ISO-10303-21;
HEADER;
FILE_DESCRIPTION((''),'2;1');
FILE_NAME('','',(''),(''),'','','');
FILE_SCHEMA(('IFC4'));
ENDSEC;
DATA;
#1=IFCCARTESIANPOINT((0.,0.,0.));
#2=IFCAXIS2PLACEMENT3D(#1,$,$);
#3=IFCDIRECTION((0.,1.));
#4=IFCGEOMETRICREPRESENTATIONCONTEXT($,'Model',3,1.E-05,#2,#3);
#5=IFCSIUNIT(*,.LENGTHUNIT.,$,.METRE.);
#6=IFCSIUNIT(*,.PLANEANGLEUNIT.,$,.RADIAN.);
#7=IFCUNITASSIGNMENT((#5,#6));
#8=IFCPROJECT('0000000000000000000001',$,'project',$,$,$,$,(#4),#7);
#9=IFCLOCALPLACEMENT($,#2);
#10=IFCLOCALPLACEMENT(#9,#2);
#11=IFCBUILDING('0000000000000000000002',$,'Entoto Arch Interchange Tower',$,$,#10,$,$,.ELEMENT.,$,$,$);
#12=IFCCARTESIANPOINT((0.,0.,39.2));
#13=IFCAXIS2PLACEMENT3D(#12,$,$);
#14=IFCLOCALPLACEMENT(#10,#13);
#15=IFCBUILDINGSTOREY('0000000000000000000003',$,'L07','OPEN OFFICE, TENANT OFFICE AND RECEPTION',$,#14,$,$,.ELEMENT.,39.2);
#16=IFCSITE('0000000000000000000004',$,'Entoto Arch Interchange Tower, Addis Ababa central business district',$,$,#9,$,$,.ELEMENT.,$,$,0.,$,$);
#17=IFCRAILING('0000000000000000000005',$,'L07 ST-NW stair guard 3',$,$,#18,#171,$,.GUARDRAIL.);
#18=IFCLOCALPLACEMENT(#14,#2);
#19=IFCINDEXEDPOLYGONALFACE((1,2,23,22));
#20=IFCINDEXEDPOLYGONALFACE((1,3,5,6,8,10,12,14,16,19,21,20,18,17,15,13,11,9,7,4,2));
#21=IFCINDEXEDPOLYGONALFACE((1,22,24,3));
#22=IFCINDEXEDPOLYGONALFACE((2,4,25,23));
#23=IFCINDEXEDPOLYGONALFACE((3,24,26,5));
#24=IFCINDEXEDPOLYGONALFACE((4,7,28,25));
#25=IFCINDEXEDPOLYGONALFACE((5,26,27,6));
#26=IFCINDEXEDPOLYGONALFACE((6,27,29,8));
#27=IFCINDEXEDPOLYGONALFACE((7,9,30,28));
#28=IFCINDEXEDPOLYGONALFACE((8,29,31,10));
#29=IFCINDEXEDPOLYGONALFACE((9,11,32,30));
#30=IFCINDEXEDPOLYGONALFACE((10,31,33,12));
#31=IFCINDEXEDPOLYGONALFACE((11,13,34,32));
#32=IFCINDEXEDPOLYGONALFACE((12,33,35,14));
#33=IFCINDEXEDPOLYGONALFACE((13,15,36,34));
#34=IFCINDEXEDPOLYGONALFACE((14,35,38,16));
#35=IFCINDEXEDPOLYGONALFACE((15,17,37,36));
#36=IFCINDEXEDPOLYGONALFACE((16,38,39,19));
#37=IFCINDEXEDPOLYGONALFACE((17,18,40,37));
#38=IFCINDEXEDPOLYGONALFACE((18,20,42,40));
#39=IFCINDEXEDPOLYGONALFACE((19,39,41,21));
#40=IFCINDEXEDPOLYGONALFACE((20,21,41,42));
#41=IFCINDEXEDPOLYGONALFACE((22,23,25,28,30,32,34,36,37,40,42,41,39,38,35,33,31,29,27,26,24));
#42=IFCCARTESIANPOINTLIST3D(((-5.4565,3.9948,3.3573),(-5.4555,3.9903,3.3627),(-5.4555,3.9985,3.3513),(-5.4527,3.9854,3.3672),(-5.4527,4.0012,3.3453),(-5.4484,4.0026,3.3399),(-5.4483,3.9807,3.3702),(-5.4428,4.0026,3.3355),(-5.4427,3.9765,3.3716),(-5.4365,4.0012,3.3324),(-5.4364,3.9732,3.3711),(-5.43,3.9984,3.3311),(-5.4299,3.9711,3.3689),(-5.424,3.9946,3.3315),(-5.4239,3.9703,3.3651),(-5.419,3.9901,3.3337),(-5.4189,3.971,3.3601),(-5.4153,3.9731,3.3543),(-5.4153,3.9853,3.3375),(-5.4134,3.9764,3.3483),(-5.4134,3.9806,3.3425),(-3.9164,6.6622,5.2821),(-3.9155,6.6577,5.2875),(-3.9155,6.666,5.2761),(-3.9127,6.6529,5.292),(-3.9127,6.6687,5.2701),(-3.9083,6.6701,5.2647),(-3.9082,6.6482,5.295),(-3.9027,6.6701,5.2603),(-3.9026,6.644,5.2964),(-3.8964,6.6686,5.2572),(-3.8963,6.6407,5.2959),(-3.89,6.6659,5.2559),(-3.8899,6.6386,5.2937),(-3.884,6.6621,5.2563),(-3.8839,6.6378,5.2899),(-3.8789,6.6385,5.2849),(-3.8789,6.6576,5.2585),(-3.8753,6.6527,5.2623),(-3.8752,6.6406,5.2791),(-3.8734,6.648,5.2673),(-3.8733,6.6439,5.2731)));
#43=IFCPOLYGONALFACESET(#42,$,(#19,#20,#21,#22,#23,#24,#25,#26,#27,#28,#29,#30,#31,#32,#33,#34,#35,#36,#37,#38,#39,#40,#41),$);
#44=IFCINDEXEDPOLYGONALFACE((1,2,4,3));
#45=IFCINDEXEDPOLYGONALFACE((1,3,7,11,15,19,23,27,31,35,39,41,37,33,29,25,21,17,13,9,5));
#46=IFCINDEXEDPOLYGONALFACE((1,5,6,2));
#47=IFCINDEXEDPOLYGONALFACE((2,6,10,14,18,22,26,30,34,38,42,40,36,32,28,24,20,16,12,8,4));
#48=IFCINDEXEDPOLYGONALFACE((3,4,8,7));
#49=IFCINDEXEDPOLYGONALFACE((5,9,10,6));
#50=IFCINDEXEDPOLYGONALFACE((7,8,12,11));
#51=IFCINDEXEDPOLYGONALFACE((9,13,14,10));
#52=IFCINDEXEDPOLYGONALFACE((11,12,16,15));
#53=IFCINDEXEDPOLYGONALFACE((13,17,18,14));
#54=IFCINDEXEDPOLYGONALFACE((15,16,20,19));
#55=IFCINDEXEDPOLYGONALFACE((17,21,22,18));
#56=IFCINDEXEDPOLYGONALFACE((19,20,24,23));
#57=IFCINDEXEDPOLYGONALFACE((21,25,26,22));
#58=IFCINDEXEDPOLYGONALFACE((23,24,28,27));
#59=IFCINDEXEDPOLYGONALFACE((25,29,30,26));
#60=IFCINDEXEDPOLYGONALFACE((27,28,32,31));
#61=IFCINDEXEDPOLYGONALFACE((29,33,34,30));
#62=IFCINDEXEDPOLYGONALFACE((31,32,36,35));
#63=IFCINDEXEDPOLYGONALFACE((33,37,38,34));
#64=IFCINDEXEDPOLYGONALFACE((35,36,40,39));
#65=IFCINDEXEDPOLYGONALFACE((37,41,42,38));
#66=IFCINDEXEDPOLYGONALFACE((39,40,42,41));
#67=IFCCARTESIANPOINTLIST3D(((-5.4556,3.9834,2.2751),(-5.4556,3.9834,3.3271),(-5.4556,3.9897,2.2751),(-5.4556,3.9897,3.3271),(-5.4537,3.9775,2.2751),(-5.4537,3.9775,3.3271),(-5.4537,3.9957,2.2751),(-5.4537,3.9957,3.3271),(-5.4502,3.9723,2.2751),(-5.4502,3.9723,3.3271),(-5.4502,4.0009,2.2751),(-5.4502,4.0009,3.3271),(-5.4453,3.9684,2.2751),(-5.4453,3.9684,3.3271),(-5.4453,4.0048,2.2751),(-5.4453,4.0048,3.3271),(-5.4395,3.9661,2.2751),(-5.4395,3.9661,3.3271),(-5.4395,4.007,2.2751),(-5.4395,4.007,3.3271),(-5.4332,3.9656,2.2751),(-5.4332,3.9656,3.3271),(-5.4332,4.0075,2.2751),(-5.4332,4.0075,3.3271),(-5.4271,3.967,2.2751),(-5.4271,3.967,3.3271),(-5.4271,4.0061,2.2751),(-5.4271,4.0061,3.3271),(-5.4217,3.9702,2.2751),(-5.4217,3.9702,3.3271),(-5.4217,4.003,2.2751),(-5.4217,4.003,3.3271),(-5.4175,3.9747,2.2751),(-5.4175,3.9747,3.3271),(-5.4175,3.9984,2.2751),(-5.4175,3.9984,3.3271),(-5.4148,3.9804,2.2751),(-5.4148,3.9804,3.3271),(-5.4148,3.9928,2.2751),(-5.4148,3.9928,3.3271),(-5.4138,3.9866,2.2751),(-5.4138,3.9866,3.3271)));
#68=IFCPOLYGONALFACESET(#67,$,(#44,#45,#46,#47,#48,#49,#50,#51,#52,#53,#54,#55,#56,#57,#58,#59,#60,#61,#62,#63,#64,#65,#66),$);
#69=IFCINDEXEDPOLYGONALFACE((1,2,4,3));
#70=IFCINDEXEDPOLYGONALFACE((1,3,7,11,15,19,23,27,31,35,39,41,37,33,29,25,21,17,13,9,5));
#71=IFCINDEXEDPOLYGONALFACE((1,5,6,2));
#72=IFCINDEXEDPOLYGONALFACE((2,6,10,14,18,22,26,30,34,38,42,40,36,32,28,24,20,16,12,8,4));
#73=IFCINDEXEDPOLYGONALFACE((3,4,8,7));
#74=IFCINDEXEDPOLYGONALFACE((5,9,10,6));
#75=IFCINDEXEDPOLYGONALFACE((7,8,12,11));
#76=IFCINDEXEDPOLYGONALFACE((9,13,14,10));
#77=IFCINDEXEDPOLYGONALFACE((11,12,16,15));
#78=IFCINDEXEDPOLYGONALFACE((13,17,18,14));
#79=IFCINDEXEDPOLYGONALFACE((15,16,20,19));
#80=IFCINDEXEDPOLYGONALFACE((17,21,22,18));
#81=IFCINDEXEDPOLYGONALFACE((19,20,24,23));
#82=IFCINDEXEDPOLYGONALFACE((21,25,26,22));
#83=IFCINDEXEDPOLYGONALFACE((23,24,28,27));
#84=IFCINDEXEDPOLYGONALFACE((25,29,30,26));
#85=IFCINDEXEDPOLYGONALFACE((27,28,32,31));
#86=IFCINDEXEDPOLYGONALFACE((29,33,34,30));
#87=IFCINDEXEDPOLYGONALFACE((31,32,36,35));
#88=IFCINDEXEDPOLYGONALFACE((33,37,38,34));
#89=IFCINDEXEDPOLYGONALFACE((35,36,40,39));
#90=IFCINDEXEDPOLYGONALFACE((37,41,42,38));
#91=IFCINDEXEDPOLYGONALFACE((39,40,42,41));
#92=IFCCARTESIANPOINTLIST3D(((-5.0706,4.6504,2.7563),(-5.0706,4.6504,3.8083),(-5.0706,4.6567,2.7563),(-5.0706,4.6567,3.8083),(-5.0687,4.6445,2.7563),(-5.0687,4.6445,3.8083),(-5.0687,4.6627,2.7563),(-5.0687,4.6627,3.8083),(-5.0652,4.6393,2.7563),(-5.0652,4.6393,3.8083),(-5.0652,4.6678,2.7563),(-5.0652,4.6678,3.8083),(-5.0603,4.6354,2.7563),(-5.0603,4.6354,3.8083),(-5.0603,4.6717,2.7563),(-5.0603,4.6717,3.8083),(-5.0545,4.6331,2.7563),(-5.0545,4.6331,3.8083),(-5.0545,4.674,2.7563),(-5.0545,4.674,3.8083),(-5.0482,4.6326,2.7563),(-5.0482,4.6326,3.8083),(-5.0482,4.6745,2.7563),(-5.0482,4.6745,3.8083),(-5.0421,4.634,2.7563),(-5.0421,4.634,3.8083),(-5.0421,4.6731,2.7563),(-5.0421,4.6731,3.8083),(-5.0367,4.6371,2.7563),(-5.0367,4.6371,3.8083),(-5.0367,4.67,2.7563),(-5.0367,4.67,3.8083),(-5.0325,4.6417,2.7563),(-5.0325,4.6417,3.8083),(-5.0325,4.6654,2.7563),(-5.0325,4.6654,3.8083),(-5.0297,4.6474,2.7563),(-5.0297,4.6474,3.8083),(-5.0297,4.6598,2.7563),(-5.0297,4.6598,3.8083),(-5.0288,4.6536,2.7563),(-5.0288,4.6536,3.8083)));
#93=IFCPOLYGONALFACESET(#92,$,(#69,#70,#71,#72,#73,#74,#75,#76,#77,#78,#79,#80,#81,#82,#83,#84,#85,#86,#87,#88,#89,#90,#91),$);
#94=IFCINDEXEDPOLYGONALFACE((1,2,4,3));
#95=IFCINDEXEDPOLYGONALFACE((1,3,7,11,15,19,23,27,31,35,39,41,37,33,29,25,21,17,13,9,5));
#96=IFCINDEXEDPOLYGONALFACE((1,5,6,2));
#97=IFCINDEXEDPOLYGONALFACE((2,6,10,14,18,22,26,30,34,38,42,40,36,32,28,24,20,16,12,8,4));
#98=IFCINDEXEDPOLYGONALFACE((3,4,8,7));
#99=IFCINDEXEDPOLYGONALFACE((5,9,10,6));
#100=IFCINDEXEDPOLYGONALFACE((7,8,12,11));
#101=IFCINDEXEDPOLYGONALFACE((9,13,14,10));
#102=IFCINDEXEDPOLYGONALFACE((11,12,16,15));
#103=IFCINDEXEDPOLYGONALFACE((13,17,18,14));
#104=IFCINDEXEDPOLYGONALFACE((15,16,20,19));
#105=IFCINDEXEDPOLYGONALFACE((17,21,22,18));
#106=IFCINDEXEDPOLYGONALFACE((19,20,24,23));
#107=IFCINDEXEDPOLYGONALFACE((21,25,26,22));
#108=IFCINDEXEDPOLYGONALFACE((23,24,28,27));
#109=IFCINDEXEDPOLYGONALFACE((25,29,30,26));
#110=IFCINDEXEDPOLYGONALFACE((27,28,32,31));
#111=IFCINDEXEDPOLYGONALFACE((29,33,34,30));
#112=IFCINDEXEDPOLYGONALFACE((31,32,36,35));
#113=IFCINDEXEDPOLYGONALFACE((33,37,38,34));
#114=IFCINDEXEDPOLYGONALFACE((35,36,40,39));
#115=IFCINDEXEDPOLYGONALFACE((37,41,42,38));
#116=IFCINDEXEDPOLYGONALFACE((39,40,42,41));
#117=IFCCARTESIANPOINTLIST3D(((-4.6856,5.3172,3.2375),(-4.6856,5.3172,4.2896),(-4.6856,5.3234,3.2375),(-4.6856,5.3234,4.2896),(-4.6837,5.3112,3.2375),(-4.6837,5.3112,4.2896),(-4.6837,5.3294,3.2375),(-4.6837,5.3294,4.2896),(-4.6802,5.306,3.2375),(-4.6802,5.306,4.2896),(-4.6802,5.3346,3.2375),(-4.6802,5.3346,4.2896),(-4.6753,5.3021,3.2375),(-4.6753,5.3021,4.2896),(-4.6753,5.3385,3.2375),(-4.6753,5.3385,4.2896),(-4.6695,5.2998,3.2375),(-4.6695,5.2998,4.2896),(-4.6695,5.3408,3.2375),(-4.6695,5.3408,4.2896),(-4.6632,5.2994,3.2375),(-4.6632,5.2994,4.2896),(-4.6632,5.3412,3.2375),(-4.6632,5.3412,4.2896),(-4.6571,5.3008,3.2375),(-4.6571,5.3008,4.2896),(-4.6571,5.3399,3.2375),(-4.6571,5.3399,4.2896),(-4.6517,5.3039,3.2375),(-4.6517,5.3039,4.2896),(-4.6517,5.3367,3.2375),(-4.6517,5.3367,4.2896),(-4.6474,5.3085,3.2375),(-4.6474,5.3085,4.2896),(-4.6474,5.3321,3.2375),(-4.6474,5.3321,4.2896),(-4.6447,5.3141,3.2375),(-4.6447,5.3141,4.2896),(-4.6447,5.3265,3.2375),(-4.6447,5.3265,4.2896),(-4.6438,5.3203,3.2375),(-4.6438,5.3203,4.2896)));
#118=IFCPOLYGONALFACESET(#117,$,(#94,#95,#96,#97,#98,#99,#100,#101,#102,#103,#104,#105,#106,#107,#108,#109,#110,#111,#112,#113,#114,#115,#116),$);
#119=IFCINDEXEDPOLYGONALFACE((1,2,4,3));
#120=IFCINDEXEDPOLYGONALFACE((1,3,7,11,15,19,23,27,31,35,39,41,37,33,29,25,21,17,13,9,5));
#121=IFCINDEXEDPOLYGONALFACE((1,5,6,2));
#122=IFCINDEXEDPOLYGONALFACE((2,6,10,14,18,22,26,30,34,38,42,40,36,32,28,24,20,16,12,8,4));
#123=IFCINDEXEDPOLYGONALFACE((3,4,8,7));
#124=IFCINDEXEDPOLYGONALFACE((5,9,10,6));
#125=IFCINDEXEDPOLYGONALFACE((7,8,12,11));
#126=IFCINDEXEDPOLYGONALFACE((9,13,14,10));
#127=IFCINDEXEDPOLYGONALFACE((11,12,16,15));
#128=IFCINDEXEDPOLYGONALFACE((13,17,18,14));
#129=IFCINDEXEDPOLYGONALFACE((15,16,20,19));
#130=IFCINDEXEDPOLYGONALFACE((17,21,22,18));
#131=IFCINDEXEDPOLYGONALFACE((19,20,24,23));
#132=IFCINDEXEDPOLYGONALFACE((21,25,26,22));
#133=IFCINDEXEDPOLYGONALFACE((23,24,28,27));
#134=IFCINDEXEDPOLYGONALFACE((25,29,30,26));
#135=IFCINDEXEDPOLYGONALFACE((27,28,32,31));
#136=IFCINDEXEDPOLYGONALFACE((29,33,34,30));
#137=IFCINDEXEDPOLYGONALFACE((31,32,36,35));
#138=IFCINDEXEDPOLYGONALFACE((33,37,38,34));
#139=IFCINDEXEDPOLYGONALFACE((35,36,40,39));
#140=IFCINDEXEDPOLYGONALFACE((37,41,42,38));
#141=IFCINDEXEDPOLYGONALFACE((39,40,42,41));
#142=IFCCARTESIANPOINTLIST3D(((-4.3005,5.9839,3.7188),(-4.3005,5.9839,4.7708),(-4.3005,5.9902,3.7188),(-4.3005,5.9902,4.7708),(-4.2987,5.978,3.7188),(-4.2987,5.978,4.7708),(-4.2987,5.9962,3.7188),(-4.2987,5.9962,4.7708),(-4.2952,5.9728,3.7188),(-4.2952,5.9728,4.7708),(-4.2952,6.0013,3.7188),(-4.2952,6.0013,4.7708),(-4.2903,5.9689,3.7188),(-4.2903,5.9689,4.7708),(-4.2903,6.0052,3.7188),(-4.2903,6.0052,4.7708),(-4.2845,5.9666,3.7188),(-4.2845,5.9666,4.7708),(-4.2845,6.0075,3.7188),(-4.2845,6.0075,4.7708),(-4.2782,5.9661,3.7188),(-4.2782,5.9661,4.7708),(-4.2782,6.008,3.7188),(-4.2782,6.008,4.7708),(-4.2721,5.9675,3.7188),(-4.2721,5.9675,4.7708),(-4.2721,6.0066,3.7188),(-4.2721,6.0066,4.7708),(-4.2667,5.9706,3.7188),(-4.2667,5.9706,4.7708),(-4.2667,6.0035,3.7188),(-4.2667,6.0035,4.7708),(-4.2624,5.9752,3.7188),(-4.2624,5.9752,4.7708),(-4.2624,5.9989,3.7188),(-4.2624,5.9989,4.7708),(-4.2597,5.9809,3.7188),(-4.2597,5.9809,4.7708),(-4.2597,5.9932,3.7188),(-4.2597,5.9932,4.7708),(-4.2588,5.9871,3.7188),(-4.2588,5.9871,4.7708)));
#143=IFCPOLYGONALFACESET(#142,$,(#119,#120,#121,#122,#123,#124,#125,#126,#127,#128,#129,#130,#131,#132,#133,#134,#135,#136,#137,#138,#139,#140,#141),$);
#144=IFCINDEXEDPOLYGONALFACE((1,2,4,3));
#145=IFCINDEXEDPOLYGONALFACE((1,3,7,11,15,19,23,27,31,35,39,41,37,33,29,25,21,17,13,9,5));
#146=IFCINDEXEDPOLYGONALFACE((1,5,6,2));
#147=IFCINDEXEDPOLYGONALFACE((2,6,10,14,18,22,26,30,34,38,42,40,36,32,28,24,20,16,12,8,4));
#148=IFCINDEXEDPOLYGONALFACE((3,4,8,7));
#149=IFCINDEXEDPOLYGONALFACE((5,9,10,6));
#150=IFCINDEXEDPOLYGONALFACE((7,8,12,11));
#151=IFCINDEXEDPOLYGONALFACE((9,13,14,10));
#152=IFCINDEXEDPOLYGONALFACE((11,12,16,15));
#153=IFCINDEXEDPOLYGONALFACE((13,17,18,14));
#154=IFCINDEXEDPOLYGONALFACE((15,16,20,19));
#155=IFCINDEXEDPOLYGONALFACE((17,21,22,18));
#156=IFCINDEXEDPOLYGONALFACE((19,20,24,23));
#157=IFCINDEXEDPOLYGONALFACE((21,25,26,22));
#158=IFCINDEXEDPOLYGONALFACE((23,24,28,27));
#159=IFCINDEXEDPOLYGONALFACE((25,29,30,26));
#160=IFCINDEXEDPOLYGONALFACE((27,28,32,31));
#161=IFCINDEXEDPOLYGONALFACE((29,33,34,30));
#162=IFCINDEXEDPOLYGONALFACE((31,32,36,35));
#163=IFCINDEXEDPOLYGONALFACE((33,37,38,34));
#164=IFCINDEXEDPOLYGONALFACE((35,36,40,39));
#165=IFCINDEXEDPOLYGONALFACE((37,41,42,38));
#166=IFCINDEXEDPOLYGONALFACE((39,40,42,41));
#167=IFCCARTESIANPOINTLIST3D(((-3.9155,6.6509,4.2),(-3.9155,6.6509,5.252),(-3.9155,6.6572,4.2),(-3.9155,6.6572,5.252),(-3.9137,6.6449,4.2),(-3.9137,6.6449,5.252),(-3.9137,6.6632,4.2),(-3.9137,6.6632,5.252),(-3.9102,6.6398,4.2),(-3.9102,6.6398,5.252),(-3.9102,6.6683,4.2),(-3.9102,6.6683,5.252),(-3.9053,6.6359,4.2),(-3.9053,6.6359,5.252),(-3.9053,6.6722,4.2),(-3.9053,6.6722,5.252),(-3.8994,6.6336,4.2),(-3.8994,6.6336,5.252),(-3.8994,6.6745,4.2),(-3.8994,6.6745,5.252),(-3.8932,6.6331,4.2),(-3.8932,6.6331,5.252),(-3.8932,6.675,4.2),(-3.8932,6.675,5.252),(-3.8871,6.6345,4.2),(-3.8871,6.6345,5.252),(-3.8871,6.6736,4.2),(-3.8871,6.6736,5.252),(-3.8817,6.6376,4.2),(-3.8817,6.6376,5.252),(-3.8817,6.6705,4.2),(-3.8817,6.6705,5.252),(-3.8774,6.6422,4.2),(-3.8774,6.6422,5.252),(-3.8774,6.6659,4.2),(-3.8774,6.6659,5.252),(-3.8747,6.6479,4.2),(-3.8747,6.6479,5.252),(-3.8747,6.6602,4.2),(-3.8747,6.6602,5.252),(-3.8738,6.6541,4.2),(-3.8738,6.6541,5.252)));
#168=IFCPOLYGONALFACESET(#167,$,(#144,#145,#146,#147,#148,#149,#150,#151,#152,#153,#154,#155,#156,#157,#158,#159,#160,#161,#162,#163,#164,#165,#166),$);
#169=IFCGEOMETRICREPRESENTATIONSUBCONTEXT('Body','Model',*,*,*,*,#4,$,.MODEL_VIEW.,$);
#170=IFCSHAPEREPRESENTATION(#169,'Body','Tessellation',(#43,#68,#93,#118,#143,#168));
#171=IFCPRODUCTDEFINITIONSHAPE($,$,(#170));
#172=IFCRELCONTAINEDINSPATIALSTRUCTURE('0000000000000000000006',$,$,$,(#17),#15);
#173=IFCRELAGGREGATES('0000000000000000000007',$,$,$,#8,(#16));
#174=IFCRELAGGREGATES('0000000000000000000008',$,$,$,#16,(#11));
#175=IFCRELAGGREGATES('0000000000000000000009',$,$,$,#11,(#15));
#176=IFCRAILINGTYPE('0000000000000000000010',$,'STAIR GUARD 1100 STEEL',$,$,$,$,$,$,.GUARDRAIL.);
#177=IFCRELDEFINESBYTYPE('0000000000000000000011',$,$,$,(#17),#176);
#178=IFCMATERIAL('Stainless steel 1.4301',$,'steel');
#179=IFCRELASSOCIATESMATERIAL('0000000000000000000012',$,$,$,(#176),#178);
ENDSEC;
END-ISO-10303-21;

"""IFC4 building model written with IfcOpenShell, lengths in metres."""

from ifc_helpers import new_model, si_unit, direction, frame, origin, origin_2d, place, context, subcontext, project, spatial, circle, extrude, material, type_object, element, save


model = new_model("IFC4")

# Units and contexts
model_context = context("Model", 3, precision=1e-05, world=origin(), true_north=direction((0.0, 1.0)))
body_context = subcontext(model_context, "Body", "Model", "MODEL_VIEW")
ifc_project = project(units=[si_unit("LENGTHUNIT", "METRE"), si_unit("PLANEANGLEUNIT", "RADIAN")], contexts=[model_context])

# Site, building, storey
site_placement = place(None, origin())
site = spatial("IfcSite", under=ifc_project, at=site_placement, Name="Entoto Arch Interchange Tower, Addis Ababa central business district", CompositionType="ELEMENT", RefElevation=0.0)
building_placement = place(site_placement, origin())
building = spatial("IfcBuilding", under=site, at=building_placement, Name="Entoto Arch Interchange Tower", CompositionType="ELEMENT")
storey_placement = place(building_placement, frame((0.0, 0.0, 39.2)))
storey = spatial("IfcBuildingStorey", under=building, at=storey_placement, Name="L07", Description="OPEN OFFICE, TENANT OFFICE AND RECEPTION", CompositionType="ELEMENT", Elevation=39.2)

# Railing
ifc_material_1 = material(Name="Stainless steel 1.4301", Category="steel")
railing_type = type_object("IfcRailingType", Name="STAIR GUARD 1100 STEEL", PredefinedType="GUARDRAIL", material=ifc_material_1)
railing_1_placement = place(storey_placement, frame((-5.4348, 3.9866, 2.2751)))
element("IfcRailing", 1, at=railing_1_placement, inside=storey, type_object=railing_type, Name="L07 ST-NW stair guard 3", PredefinedType="GUARDRAIL", context=body_context, shape_type="SweptSolid", body=[
    extrude(circle(Radius=0.0239, at=origin_2d()), frame((0.0, 0.0, 1.0762), z_axis=(0.42401, 0.734421, 0.529945), x_axis=(-0.86603, 0.499992, 0.0)), (0.0, 0.0, 1.0), 3.6321),
    extrude(circle(Radius=0.021, at=origin_2d()), origin(), (0.0, 0.0, 1.0), 1.052),
    extrude(circle(Radius=0.021, at=origin_2d()), frame((0.385, 0.667, 0.4812)), (0.0, 0.0, 1.0), 1.052),
    extrude(circle(Radius=0.021, at=origin_2d()), frame((0.77, 1.3337, 0.9624)), (0.0, 0.0, 1.0), 1.052),
    extrude(circle(Radius=0.021, at=origin_2d()), frame((1.155, 2.0005, 1.4436)), (0.0, 0.0, 1.0), 1.052),
    extrude(circle(Radius=0.021, at=origin_2d()), frame((1.54, 2.6675, 1.9248)), (0.0, 0.0, 1.0), 1.052),
])

save(model, "model.ifc")
